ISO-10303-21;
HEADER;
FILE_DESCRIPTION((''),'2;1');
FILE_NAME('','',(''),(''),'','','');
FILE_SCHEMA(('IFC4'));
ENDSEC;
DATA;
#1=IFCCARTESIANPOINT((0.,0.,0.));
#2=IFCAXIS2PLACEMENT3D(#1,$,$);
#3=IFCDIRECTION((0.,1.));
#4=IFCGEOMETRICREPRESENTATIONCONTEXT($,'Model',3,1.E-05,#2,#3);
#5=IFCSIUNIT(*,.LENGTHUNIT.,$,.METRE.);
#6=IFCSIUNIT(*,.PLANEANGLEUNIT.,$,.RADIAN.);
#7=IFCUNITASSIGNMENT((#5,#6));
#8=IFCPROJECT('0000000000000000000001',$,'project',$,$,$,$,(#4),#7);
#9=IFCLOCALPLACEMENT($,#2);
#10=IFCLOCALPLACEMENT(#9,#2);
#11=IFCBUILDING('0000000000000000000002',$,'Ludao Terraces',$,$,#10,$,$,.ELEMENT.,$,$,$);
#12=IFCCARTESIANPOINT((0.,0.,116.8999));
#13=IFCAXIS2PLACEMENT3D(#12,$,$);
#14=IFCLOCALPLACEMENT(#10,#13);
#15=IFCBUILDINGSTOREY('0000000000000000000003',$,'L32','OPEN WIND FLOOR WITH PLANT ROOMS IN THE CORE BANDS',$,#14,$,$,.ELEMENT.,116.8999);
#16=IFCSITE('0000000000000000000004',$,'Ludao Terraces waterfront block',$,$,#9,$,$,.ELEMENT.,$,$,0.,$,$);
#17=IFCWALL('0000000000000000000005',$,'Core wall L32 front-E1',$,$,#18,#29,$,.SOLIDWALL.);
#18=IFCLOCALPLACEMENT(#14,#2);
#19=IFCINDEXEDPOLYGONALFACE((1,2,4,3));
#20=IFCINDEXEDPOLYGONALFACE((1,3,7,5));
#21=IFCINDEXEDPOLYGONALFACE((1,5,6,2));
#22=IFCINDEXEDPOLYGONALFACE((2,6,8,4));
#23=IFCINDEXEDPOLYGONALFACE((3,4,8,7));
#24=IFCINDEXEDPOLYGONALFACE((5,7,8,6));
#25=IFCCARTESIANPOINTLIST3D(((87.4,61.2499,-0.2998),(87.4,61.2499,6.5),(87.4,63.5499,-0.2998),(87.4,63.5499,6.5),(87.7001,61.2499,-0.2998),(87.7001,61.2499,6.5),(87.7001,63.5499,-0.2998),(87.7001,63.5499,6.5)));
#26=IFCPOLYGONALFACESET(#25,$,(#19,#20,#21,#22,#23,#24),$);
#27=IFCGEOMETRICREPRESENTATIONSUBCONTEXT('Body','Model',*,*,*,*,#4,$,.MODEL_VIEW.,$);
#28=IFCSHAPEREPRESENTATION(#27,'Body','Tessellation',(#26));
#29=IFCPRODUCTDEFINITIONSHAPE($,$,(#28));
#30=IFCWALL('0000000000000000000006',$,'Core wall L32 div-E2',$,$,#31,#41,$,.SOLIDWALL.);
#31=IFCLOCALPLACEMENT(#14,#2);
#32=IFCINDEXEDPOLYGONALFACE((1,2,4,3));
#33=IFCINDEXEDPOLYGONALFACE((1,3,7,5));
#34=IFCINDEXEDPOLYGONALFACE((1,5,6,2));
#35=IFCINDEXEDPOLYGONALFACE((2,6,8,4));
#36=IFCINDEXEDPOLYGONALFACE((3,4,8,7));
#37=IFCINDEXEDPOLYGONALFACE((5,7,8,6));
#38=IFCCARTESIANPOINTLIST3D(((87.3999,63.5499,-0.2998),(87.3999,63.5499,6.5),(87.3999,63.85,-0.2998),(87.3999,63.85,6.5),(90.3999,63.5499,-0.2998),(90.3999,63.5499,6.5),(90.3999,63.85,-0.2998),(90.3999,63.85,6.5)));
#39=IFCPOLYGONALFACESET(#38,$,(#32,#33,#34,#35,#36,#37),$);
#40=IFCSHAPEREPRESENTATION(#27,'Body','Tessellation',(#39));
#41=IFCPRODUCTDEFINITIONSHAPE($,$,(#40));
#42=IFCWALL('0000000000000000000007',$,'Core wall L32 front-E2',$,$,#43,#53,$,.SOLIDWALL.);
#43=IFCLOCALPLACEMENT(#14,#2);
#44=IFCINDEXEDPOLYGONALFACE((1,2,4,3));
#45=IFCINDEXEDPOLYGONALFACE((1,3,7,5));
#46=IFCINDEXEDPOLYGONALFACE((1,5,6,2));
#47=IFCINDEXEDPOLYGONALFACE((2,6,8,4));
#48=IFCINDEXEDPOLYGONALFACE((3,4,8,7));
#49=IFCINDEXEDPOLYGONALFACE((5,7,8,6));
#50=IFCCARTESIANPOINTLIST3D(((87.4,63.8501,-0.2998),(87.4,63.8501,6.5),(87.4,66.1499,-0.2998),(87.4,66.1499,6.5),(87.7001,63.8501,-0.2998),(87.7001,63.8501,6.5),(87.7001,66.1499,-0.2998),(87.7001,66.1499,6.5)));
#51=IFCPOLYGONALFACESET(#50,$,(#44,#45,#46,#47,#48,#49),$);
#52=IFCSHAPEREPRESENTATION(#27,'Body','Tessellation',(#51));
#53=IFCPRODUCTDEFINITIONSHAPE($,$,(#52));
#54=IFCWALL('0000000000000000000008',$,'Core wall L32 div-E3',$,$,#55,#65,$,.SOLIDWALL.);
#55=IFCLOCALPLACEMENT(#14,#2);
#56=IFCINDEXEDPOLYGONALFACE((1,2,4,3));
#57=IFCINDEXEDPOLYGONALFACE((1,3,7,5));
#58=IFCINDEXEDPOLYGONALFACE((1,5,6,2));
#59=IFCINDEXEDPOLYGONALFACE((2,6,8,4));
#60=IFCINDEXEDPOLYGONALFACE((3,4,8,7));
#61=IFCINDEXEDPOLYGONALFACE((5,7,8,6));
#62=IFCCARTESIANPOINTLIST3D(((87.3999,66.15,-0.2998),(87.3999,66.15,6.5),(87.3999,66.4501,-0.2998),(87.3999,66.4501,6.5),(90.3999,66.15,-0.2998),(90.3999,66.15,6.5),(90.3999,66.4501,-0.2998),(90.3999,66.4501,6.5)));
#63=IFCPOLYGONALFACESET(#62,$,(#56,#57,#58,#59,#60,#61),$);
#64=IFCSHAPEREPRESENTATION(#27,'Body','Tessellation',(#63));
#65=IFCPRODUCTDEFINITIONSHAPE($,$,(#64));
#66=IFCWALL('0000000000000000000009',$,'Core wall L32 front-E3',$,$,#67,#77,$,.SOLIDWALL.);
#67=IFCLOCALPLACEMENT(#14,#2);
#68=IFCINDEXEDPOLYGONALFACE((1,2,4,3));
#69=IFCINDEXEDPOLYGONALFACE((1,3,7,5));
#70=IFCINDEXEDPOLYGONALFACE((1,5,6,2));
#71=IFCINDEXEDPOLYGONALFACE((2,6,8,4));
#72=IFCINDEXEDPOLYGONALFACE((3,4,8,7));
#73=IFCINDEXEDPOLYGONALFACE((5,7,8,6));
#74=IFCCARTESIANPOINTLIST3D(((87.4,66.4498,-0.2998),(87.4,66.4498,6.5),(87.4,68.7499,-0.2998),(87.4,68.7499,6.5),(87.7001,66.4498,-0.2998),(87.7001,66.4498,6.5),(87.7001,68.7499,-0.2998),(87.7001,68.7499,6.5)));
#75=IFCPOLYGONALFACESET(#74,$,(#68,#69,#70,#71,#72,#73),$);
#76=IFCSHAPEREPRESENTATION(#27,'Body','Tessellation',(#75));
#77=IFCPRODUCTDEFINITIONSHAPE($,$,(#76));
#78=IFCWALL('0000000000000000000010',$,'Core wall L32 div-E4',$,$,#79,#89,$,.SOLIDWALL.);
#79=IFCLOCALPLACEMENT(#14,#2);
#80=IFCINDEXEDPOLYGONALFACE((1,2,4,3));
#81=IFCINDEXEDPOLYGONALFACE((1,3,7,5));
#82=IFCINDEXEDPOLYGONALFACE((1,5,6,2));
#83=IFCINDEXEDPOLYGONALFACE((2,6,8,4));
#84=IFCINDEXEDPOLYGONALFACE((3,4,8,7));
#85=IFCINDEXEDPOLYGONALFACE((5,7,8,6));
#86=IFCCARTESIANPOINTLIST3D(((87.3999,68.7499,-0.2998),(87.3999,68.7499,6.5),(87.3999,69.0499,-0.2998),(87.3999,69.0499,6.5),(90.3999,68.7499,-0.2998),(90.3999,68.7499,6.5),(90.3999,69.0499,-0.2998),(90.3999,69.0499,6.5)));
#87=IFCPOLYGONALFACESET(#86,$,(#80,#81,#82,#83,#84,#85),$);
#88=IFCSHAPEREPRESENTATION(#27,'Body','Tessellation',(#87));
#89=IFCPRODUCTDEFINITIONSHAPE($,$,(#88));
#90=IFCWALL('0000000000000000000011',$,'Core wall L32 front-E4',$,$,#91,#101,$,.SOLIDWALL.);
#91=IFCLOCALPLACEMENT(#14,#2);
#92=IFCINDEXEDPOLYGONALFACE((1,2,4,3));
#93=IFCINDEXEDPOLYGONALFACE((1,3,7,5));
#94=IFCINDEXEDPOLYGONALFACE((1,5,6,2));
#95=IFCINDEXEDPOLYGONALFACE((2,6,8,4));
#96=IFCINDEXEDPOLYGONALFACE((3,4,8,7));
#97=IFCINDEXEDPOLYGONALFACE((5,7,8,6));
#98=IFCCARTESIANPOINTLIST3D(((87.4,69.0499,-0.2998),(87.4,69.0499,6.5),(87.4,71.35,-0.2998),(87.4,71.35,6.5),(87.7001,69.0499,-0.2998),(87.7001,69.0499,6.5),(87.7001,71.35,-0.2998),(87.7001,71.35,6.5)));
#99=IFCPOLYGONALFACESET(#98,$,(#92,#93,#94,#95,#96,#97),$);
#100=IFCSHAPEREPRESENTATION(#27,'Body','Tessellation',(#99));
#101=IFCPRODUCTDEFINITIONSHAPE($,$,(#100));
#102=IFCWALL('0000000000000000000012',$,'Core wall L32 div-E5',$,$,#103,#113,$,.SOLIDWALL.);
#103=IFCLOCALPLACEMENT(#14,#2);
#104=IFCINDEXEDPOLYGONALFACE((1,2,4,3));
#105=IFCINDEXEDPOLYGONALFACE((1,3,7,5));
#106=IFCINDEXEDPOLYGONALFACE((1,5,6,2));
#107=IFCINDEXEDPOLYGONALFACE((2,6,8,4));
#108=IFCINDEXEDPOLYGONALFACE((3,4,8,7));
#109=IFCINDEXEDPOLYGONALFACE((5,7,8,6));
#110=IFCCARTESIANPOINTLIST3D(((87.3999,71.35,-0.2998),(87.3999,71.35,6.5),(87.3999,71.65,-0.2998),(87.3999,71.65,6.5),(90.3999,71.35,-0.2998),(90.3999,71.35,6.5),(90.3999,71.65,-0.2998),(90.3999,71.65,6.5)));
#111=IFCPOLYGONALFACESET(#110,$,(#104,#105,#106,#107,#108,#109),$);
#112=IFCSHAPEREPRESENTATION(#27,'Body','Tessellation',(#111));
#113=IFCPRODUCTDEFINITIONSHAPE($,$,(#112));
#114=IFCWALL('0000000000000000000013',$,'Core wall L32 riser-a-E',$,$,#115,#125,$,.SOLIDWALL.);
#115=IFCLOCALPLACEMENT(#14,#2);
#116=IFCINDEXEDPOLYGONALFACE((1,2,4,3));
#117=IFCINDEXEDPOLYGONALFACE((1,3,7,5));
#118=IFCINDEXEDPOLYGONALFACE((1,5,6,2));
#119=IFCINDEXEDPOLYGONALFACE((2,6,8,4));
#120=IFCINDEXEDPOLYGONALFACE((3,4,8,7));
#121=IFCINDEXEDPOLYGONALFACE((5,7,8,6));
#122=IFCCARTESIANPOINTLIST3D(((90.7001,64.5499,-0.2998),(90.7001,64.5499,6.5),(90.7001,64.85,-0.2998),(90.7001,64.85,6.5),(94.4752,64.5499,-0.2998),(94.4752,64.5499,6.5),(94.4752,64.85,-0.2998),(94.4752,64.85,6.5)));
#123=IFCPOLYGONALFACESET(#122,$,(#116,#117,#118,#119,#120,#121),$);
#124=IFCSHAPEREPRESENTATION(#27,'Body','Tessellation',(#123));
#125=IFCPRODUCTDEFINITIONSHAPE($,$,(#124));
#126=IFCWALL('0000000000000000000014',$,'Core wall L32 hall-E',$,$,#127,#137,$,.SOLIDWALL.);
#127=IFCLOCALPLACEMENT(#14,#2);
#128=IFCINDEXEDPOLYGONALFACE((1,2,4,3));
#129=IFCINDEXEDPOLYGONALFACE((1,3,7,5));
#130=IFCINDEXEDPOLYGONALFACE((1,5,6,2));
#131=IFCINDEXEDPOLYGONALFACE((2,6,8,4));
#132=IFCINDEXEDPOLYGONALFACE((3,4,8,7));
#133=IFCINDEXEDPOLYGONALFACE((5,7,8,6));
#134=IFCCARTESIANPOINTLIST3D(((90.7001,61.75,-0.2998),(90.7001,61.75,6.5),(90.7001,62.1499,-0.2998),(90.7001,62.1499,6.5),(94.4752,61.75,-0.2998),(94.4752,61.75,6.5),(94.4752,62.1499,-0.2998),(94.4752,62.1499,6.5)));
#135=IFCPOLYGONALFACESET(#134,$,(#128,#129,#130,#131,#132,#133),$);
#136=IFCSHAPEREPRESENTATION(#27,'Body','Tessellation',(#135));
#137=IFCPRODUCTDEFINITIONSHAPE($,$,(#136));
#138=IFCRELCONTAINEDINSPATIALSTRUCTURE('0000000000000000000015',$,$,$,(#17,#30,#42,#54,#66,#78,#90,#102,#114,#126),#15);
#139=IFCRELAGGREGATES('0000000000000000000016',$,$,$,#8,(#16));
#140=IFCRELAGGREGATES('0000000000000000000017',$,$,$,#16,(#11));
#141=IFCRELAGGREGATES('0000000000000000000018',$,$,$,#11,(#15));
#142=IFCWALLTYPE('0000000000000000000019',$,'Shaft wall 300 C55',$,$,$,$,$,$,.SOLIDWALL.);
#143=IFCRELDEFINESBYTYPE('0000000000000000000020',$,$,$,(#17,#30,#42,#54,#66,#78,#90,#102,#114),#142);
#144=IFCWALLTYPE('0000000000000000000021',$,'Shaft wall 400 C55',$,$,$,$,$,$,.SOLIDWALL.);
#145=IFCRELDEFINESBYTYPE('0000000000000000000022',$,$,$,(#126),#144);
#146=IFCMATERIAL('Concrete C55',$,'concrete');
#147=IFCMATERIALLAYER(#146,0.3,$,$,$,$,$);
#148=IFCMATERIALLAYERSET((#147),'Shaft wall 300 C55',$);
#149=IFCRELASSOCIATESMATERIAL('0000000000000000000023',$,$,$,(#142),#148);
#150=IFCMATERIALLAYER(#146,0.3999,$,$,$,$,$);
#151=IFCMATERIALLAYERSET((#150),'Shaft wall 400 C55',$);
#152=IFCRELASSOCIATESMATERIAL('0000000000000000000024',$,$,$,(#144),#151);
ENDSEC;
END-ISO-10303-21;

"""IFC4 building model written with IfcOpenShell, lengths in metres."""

from ifc_helpers import new_model, si_unit, direction, frame, frame_2d, origin, place, context, subcontext, project, spatial, rectangle, extrude, material, layer, layer_set, type_object, element, save


model = new_model("IFC4")

# Units and contexts
model_context = context("Model", 3, precision=1e-05, world=origin(), true_north=direction((0.0, 1.0)))
body_context = subcontext(model_context, "Body", "Model", "MODEL_VIEW")
ifc_project = project(units=[si_unit("LENGTHUNIT", "METRE"), si_unit("PLANEANGLEUNIT", "RADIAN")], contexts=[model_context])

# Site, building, storey
site_placement = place(None, origin())
site = spatial("IfcSite", under=ifc_project, at=site_placement, Name="Ludao Terraces waterfront block", CompositionType="ELEMENT", RefElevation=0.0)
building_placement = place(site_placement, origin())
building = spatial("IfcBuilding", under=site, at=building_placement, Name="Ludao Terraces", CompositionType="ELEMENT")
storey_placement = place(building_placement, frame((0.0, 0.0, 116.8999)))
storey = spatial("IfcBuildingStorey", under=building, at=storey_placement, Name="L32", Description="OPEN WIND FLOOR WITH PLANT ROOMS IN THE CORE BANDS", CompositionType="ELEMENT", Elevation=116.8999)

# Walls
ifc_material_1 = material(Name="Concrete C55", Category="concrete")
ifc_layer_1 = layer(ifc_material_1, 0.3)
ifc_layer_set_1 = layer_set([ifc_layer_1], Name="Shaft wall 300 C55")
wall_type_1 = type_object("IfcWallType", Name="Shaft wall 300 C55", PredefinedType="SOLIDWALL", material=ifc_layer_set_1)
wall_1_placement = place(storey_placement, frame((87.55, 61.25, -0.2998), z_axis=(0.0, 0.0, 1.0), x_axis=(0.0, 1.0, 0.0)))
element("IfcWall", 1, at=wall_1_placement, inside=storey, type_object=wall_type_1, Name="Core wall L32 front-E1", PredefinedType="SOLIDWALL", context=body_context, shape_type="SweptSolid", body=[
    extrude(rectangle(XDim=2.3, YDim=0.3, at=frame_2d((1.1499, 0.0))), origin(), (0.0, 0.0, 1.0), 6.7998),
])
wall_2_placement = place(storey_placement, frame((87.3999, 63.7, -0.2998), z_axis=(0.0, 0.0, 1.0), x_axis=(1.0, 0.0, 0.0)))
element("IfcWall", 2, at=wall_2_placement, inside=storey, type_object=wall_type_1, Name="Core wall L32 div-E2", PredefinedType="SOLIDWALL", context=body_context, shape_type="SweptSolid", body=[
    extrude(rectangle(XDim=3.0, YDim=0.3, at=frame_2d((1.5, 0.0))), origin(), (0.0, 0.0, 1.0), 6.7998),
])
wall_3_placement = place(storey_placement, frame((87.55, 63.8501, -0.2998), z_axis=(0.0, 0.0, 1.0), x_axis=(0.0, 1.0, 0.0)))
element("IfcWall", 3, at=wall_3_placement, inside=storey, type_object=wall_type_1, Name="Core wall L32 front-E2", PredefinedType="SOLIDWALL", context=body_context, shape_type="SweptSolid", body=[
    extrude(rectangle(XDim=2.2998, YDim=0.3, at=frame_2d((1.1499, 0.0))), origin(), (0.0, 0.0, 1.0), 6.7998),
])
wall_4_placement = place(storey_placement, frame((87.3999, 66.3, -0.2998), z_axis=(0.0, 0.0, 1.0), x_axis=(1.0, 0.0, 0.0)))
element("IfcWall", 4, at=wall_4_placement, inside=storey, type_object=wall_type_1, Name="Core wall L32 div-E3", PredefinedType="SOLIDWALL", context=body_context, shape_type="SweptSolid", body=[
    extrude(rectangle(XDim=3.0, YDim=0.3, at=frame_2d((1.5, 0.0))), origin(), (0.0, 0.0, 1.0), 6.7998),
])
wall_5_placement = place(storey_placement, frame((87.55, 66.45, -0.2998), z_axis=(0.0, 0.0, 1.0), x_axis=(0.0, 1.0, 0.0)))
element("IfcWall", 5, at=wall_5_placement, inside=storey, type_object=wall_type_1, Name="Core wall L32 front-E3", PredefinedType="SOLIDWALL", context=body_context, shape_type="SweptSolid", body=[
    extrude(rectangle(XDim=2.3, YDim=0.3, at=frame_2d((1.1499, 0.0))), origin(), (0.0, 0.0, 1.0), 6.7998),
])
wall_6_placement = place(storey_placement, frame((87.3999, 68.8999, -0.2998), z_axis=(0.0, 0.0, 1.0), x_axis=(1.0, 0.0, 0.0)))
element("IfcWall", 6, at=wall_6_placement, inside=storey, type_object=wall_type_1, Name="Core wall L32 div-E4", PredefinedType="SOLIDWALL", context=body_context, shape_type="SweptSolid", body=[
    extrude(rectangle(XDim=3.0, YDim=0.3, at=frame_2d((1.5, 0.0))), origin(), (0.0, 0.0, 1.0), 6.7998),
])
wall_7_placement = place(storey_placement, frame((87.55, 69.05, -0.2998), z_axis=(0.0, 0.0, 1.0), x_axis=(0.0, 1.0, 0.0)))
element("IfcWall", 7, at=wall_7_placement, inside=storey, type_object=wall_type_1, Name="Core wall L32 front-E4", PredefinedType="SOLIDWALL", context=body_context, shape_type="SweptSolid", body=[
    extrude(rectangle(XDim=2.3, YDim=0.3, at=frame_2d((1.1499, 0.0))), origin(), (0.0, 0.0, 1.0), 6.7998),
])
wall_8_placement = place(storey_placement, frame((87.3999, 71.5, -0.2998), z_axis=(0.0, 0.0, 1.0), x_axis=(1.0, 0.0, 0.0)))
element("IfcWall", 8, at=wall_8_placement, inside=storey, type_object=wall_type_1, Name="Core wall L32 div-E5", PredefinedType="SOLIDWALL", context=body_context, shape_type="SweptSolid", body=[
    extrude(rectangle(XDim=3.0, YDim=0.3, at=frame_2d((1.5, 0.0))), origin(), (0.0, 0.0, 1.0), 6.7998),
])
wall_9_placement = place(storey_placement, frame((90.7, 64.7, -0.2998), z_axis=(0.0, 0.0, 1.0), x_axis=(1.0, 0.0, 0.0)))
element("IfcWall", 9, at=wall_9_placement, inside=storey, type_object=wall_type_1, Name="Core wall L32 riser-a-E", PredefinedType="SOLIDWALL", context=body_context, shape_type="SweptSolid", body=[
    extrude(rectangle(XDim=3.7751, YDim=0.3, at=frame_2d((1.8877, 0.0))), origin(), (0.0, 0.0, 1.0), 6.7998),
])
ifc_layer_2 = layer(ifc_material_1, 0.3999)
ifc_layer_set_2 = layer_set([ifc_layer_2], Name="Shaft wall 400 C55")
wall_type_2 = type_object("IfcWallType", Name="Shaft wall 400 C55", PredefinedType="SOLIDWALL", material=ifc_layer_set_2)
wall_10_placement = place(storey_placement, frame((90.7, 61.95, -0.2998), z_axis=(0.0, 0.0, 1.0), x_axis=(1.0, 0.0, 0.0)))
element("IfcWall", 10, at=wall_10_placement, inside=storey, type_object=wall_type_2, Name="Core wall L32 hall-E", PredefinedType="SOLIDWALL", context=body_context, shape_type="SweptSolid", body=[
    extrude(rectangle(XDim=3.7751, YDim=0.3999, at=frame_2d((1.8877, 0.0))), origin(), (0.0, 0.0, 1.0), 6.7998),
])

save(model, "model.ifc")
